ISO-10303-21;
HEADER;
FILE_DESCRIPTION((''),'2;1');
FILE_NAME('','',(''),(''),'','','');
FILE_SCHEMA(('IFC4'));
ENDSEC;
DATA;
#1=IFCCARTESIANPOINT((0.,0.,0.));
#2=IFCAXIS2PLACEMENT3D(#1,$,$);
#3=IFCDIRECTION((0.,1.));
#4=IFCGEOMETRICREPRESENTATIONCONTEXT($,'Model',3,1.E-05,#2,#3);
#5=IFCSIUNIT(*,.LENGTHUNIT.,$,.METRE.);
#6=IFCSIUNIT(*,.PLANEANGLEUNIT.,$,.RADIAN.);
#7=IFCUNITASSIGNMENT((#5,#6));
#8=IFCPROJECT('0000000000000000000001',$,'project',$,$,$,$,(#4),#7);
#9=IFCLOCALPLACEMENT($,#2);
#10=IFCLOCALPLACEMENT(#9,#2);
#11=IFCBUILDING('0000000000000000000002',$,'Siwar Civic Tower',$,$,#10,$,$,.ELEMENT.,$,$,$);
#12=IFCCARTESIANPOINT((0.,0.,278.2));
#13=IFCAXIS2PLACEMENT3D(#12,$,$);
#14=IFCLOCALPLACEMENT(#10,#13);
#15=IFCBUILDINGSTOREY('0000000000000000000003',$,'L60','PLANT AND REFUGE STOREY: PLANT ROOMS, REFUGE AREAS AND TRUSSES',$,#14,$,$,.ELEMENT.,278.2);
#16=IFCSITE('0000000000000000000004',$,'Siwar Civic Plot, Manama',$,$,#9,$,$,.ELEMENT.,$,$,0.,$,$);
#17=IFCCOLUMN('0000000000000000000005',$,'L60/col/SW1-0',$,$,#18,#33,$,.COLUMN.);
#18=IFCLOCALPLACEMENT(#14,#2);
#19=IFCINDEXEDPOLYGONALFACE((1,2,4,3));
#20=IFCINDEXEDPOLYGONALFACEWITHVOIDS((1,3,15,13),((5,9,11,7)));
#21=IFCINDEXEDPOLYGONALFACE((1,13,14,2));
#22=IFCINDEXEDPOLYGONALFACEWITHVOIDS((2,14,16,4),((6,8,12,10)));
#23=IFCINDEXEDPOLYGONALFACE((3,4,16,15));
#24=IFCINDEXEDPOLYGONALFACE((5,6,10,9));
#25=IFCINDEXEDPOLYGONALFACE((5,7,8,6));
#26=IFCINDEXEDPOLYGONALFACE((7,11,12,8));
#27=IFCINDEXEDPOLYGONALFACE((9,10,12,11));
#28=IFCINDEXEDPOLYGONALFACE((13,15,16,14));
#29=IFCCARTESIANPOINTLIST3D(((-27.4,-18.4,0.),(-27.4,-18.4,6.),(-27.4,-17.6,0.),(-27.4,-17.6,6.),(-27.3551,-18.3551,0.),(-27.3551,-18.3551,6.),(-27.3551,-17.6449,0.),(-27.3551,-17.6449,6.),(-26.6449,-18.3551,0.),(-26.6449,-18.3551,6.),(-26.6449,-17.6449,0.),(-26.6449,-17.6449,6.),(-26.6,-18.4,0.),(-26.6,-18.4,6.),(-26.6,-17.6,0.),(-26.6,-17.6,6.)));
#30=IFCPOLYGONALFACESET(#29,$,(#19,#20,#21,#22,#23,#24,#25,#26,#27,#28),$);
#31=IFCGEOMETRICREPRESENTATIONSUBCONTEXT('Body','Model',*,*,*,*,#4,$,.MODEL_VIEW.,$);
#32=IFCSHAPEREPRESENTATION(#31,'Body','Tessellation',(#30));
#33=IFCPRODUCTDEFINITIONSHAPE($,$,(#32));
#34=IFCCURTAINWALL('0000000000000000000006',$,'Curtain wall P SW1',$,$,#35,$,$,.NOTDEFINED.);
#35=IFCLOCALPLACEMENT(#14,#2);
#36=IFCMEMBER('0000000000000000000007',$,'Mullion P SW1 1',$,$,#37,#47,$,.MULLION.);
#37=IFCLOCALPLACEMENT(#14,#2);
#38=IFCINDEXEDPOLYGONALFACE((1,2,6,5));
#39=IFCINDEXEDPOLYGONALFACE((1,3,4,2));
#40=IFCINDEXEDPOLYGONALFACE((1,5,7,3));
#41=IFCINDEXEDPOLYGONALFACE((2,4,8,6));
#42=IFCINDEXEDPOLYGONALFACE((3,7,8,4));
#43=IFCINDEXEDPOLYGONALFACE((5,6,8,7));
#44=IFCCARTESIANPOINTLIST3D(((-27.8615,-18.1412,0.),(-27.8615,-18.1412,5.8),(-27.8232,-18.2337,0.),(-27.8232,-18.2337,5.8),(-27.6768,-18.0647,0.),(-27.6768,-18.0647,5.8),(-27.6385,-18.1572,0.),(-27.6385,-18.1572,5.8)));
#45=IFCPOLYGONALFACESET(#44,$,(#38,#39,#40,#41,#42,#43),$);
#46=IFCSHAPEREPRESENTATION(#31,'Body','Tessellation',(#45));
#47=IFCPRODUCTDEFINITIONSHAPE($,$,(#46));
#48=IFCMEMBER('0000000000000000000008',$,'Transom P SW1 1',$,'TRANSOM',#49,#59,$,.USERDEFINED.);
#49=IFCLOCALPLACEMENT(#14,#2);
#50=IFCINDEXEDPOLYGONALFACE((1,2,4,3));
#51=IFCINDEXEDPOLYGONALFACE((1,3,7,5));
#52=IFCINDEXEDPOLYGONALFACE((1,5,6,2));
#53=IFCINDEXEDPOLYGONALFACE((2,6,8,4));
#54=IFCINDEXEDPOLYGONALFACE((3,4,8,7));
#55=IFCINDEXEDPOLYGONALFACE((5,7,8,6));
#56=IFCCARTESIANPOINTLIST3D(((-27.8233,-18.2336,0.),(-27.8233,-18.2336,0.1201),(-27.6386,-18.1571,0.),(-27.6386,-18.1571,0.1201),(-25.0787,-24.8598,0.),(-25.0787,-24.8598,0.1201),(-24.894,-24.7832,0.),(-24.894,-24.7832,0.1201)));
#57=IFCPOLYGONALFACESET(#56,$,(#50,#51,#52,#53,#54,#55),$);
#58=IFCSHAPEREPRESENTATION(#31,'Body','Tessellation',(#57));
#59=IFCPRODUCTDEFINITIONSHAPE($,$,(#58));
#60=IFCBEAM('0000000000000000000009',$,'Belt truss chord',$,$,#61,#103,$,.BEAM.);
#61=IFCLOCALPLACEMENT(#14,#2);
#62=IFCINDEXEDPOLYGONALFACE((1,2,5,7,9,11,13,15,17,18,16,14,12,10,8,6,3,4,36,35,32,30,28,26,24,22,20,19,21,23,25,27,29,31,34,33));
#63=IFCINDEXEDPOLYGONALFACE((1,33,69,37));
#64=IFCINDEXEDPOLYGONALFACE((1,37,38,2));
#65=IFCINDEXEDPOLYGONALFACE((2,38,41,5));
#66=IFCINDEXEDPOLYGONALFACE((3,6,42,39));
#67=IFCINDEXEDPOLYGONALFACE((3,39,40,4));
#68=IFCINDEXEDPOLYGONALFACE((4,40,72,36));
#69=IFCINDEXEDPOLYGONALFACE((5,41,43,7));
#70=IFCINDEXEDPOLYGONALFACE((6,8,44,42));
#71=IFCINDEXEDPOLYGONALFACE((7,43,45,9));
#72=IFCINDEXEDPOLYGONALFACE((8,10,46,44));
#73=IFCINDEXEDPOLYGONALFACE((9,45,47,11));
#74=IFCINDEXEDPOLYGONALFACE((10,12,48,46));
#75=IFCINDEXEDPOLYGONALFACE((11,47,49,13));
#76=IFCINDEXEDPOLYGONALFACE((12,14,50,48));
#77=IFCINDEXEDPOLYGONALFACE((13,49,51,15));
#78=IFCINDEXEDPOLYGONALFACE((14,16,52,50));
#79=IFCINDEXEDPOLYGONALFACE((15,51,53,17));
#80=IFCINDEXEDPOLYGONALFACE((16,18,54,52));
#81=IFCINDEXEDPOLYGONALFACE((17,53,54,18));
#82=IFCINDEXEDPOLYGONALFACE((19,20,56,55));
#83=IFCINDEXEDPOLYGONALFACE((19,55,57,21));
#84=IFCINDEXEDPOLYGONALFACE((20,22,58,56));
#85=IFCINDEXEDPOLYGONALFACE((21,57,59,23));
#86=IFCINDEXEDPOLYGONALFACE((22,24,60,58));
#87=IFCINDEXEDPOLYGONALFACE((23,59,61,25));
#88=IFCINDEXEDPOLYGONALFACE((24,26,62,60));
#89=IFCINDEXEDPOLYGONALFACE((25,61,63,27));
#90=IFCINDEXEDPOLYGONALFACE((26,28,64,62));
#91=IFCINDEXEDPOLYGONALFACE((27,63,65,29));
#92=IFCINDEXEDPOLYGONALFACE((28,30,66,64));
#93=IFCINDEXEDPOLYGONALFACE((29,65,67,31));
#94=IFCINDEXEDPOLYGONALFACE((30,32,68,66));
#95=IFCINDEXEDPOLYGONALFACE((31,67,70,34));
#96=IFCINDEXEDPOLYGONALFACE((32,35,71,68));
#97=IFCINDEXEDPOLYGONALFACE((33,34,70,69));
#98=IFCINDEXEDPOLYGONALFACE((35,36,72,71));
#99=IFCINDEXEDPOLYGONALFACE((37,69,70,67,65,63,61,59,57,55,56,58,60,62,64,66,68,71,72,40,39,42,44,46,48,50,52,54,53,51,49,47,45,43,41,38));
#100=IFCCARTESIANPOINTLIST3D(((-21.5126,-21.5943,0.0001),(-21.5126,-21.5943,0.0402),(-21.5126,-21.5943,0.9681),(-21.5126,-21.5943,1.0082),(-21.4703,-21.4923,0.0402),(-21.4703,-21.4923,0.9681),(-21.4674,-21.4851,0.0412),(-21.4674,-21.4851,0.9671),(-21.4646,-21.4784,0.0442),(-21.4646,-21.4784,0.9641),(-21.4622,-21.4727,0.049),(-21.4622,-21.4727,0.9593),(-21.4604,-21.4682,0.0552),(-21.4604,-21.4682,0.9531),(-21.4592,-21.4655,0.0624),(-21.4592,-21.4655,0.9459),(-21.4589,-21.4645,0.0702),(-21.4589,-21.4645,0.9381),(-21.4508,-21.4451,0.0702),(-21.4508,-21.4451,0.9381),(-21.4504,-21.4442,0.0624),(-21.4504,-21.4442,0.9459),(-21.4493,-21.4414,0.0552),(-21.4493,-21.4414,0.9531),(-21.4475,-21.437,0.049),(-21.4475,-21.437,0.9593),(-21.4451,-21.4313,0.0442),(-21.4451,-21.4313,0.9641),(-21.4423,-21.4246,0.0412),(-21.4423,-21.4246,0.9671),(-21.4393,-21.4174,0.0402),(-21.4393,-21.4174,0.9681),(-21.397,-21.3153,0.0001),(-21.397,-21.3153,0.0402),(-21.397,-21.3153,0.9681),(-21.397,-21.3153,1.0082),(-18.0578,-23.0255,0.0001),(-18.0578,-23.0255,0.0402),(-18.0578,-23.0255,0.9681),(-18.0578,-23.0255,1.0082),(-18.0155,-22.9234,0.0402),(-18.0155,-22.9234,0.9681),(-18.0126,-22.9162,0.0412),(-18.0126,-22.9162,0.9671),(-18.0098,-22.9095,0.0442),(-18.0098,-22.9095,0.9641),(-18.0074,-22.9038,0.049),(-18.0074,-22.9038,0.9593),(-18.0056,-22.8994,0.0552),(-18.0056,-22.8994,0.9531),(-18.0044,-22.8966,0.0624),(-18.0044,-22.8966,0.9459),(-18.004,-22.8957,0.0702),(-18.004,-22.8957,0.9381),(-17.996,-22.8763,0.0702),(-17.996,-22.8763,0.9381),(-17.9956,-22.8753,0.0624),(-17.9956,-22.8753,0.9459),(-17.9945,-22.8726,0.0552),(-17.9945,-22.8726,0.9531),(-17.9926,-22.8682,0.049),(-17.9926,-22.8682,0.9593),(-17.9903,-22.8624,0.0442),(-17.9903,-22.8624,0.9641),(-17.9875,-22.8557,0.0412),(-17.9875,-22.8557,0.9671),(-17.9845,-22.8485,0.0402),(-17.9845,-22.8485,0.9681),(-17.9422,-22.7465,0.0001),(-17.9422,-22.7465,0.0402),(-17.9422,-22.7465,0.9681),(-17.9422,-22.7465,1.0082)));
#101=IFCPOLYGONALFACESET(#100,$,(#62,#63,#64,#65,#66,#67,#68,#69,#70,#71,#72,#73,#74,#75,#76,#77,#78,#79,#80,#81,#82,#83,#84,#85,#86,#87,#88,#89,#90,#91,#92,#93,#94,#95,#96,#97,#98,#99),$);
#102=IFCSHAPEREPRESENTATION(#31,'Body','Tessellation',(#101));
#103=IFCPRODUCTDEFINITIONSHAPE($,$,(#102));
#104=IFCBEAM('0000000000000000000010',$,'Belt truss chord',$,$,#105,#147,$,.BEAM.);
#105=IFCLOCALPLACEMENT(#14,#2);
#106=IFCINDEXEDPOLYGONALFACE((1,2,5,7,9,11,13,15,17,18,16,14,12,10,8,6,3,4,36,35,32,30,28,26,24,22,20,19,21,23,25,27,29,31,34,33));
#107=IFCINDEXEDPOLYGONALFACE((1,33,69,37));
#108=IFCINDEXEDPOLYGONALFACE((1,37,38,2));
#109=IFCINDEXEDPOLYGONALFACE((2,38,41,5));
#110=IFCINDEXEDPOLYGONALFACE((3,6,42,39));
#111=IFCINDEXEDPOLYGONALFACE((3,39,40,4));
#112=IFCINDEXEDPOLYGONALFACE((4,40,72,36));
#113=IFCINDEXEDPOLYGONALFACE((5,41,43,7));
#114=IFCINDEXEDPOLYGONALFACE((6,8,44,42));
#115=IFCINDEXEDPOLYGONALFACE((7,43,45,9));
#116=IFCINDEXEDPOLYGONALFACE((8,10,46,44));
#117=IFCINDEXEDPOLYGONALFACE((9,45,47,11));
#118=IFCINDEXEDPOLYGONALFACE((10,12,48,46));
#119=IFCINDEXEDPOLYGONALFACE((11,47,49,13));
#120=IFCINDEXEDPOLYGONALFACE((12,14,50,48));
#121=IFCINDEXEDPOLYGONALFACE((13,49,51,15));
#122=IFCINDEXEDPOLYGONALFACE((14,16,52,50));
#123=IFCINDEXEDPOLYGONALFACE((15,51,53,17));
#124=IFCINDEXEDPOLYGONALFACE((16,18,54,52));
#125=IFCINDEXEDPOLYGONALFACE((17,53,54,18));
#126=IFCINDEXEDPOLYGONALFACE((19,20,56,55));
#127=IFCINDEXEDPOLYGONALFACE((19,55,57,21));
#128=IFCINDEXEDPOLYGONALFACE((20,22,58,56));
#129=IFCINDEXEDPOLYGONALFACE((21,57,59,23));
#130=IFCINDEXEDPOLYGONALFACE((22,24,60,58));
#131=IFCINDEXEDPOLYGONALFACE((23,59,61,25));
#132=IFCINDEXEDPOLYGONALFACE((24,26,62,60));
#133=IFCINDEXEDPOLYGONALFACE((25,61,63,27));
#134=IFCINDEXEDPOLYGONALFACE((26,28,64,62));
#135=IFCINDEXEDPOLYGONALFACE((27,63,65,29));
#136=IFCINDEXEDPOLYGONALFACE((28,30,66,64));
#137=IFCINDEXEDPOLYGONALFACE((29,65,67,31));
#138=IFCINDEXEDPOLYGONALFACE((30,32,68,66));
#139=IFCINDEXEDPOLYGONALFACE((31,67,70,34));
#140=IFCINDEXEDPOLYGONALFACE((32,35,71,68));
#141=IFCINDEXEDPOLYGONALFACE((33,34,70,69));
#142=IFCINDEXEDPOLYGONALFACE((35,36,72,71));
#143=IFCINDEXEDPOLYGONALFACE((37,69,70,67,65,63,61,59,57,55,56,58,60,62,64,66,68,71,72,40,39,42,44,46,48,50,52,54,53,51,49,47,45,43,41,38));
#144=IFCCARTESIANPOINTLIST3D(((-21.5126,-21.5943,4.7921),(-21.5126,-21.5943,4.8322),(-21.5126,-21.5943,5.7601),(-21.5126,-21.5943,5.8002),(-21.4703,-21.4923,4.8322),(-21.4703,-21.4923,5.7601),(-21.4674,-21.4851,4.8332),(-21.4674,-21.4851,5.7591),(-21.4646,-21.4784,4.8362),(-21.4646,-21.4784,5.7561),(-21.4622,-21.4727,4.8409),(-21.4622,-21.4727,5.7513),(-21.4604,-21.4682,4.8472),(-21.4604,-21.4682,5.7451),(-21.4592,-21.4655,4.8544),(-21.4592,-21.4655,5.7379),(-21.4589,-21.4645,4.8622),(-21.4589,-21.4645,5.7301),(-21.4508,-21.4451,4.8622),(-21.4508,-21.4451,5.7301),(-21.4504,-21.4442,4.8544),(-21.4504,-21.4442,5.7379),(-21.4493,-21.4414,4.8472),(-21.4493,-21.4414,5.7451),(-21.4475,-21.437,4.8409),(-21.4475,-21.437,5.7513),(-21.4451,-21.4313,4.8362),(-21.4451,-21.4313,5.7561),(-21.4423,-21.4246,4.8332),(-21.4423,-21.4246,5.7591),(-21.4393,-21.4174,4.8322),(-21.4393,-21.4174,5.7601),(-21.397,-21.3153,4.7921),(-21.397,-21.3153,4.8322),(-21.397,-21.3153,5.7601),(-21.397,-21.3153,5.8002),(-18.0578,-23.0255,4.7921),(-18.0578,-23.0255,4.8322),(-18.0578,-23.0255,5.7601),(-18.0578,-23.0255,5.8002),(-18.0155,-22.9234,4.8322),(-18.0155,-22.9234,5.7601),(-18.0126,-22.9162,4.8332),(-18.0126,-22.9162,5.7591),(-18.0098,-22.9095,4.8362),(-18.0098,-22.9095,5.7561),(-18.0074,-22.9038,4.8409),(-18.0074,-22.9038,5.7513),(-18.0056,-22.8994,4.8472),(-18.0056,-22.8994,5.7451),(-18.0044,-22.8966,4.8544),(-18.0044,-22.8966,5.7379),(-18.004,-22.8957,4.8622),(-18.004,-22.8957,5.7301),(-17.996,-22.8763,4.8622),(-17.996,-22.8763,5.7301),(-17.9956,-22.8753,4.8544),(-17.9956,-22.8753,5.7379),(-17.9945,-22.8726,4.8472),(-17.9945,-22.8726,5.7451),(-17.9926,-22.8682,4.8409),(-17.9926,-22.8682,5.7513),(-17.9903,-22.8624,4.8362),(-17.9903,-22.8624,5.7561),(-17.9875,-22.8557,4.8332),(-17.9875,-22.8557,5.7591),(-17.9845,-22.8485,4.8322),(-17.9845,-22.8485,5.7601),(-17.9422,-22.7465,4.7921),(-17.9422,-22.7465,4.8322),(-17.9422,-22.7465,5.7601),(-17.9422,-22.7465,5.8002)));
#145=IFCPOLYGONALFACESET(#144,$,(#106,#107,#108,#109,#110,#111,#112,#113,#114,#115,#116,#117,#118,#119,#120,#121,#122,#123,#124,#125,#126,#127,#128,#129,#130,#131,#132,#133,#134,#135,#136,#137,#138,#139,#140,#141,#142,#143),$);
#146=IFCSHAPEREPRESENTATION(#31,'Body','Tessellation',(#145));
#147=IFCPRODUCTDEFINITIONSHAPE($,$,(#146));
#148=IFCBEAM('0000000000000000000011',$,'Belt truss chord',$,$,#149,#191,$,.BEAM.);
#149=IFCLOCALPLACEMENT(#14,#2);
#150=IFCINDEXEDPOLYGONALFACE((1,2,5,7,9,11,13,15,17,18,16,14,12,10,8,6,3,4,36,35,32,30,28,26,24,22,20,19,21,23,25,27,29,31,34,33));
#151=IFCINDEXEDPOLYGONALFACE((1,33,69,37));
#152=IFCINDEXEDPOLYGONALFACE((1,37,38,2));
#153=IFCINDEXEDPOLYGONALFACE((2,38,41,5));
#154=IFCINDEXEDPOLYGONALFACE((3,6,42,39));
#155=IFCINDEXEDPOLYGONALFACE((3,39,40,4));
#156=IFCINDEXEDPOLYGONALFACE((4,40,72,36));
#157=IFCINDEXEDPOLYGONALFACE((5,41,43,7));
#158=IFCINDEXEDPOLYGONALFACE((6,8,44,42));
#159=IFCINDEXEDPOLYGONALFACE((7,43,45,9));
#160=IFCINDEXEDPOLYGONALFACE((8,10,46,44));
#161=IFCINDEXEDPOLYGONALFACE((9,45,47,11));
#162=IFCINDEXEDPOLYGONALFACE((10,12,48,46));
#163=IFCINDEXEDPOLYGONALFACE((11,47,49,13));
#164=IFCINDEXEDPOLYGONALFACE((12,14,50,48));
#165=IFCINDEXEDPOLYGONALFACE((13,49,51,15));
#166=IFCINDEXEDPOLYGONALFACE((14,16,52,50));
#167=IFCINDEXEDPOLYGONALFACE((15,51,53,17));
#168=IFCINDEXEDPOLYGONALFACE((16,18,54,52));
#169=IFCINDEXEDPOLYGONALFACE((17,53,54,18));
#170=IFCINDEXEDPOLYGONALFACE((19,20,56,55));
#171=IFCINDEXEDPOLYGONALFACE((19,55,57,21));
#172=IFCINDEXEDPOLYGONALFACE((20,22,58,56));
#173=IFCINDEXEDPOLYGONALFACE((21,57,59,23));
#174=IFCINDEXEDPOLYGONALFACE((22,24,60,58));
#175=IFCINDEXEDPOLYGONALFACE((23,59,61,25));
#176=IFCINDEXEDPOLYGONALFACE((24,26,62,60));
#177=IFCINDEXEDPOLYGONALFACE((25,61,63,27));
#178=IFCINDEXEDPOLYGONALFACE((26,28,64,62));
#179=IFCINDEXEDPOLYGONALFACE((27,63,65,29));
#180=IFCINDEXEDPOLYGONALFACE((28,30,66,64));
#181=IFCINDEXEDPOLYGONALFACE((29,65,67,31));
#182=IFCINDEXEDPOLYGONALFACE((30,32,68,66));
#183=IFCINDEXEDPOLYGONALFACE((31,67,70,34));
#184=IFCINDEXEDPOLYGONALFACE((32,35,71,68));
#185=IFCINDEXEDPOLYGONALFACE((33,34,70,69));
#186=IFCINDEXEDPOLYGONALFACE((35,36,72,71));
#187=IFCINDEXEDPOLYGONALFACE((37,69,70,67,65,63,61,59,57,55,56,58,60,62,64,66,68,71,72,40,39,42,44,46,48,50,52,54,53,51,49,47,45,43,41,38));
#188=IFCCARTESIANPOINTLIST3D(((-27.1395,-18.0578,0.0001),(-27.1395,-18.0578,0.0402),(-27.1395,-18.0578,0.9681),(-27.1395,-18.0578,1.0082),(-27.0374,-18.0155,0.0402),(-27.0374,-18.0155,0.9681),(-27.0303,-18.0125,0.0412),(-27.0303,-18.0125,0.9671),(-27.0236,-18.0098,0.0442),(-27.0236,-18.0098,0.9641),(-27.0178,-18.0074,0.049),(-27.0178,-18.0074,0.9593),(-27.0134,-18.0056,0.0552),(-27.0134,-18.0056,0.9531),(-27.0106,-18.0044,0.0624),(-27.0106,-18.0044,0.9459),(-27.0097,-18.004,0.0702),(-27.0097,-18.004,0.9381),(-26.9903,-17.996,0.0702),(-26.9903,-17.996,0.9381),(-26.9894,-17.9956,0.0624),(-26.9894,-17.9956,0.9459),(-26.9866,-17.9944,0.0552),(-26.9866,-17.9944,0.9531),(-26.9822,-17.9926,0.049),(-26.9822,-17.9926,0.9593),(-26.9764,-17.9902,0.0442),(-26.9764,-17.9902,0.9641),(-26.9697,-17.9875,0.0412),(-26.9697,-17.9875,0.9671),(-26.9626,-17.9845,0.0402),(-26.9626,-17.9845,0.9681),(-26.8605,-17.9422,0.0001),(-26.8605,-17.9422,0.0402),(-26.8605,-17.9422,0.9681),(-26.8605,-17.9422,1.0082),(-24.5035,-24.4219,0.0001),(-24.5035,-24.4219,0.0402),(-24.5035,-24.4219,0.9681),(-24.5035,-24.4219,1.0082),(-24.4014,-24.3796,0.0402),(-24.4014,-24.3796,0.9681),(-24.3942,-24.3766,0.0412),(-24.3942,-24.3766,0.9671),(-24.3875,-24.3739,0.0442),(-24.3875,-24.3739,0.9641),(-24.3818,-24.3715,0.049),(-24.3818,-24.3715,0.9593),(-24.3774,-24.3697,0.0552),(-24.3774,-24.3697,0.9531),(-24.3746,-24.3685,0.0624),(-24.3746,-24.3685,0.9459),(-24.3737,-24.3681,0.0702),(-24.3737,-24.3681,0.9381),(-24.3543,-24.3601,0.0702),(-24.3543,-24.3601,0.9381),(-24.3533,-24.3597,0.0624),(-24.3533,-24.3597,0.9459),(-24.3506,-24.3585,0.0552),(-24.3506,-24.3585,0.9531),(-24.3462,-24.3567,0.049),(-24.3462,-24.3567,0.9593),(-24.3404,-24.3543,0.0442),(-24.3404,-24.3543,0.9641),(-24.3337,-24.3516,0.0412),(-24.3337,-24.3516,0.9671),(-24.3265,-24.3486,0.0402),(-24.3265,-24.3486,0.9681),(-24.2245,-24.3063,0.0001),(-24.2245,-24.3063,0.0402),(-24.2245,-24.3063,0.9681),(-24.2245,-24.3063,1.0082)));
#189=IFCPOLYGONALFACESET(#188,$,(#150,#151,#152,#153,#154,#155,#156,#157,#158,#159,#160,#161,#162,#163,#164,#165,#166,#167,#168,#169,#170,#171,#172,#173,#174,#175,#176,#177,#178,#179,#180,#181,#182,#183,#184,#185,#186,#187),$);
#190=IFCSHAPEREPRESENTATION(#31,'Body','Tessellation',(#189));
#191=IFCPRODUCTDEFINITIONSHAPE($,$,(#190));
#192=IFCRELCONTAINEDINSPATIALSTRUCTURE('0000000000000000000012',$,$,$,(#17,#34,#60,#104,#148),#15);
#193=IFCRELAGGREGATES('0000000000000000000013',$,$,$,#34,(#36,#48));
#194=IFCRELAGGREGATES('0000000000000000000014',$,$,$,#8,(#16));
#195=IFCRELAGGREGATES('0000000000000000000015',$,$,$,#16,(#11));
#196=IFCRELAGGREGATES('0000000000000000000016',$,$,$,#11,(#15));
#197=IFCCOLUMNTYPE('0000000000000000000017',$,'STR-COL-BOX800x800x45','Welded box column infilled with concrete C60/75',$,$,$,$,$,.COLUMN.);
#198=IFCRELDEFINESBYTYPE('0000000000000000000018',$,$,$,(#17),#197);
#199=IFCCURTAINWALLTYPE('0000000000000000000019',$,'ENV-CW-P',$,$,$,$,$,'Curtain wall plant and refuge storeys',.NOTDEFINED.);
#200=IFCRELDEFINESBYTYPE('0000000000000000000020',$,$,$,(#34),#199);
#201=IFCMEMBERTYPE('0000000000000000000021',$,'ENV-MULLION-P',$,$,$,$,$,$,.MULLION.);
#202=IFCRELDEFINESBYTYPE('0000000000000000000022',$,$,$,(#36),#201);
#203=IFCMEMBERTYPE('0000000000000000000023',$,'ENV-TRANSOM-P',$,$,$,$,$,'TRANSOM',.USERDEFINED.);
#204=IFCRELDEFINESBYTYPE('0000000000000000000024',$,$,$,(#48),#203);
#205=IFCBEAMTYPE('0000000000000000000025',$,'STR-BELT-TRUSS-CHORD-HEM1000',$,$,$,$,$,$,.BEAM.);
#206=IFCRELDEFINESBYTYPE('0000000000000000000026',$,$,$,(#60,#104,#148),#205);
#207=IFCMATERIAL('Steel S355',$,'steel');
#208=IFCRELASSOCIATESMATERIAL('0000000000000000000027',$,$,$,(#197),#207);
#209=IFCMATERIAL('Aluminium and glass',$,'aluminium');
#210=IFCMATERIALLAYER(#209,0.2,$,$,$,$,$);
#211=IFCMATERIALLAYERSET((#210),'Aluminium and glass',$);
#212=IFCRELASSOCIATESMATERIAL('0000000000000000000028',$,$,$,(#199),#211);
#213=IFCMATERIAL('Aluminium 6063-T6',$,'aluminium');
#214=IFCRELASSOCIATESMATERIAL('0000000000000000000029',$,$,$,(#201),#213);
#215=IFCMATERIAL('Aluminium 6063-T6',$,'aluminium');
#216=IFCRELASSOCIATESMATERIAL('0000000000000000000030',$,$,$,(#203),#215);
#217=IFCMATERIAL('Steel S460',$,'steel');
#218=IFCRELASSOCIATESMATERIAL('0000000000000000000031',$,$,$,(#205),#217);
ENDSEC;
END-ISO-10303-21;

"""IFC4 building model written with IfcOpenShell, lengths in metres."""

from ifc_helpers import new_model, si_unit, direction, frame, origin, origin_2d, place, context, subcontext, project, spatial, rectangle, hollow_rectangle, i_section, extrude, material, layer, layer_set, material_profile, profile_set, type_object, element, aggregate, save


model = new_model("IFC4")

# Units and contexts
model_context = context("Model", 3, precision=1e-05, world=origin(), true_north=direction((0.0, 1.0)))
body_context = subcontext(model_context, "Body", "Model", "MODEL_VIEW")
ifc_project = project(units=[si_unit("LENGTHUNIT", "METRE"), si_unit("PLANEANGLEUNIT", "RADIAN")], contexts=[model_context])

# Site, building, storey
site_placement = place(None, origin())
site = spatial("IfcSite", under=ifc_project, at=site_placement, Name="Siwar Civic Plot, Manama", CompositionType="ELEMENT", RefElevation=0.0)
building_placement = place(site_placement, origin())
building = spatial("IfcBuilding", under=site, at=building_placement, Name="Siwar Civic Tower", CompositionType="ELEMENT")
storey_placement = place(building_placement, frame((0.0, 0.0, 278.2)))
storey = spatial("IfcBuildingStorey", under=building, at=storey_placement, Name="L60", Description="PLANT AND REFUGE STOREY: PLANT ROOMS, REFUGE AREAS AND TRUSSES", CompositionType="ELEMENT", Elevation=278.2)

# Column
ifc_material_1 = material(Name="Steel S355", Category="steel")
ifc_material_profile_1 = material_profile(ifc_material_1, hollow_rectangle(XDim=0.8, YDim=0.8, WallThickness=0.0449, at=origin_2d()), Name="BOX800x800x45")
ifc_profile_set_1 = profile_set([ifc_material_profile_1], Name="Steel S355")
column_type = type_object("IfcColumnType", Name="STR-COL-BOX800x800x45", Description="Welded box column infilled with concrete C60/75", PredefinedType="COLUMN", material=ifc_profile_set_1)
column_placement = place(storey_placement, frame((-27.0, -18.0, 0.0), z_axis=(0.0, 0.0, 1.0), x_axis=(1.0, 0.0, 0.0)))
element("IfcColumn", 1, at=column_placement, inside=storey, type_object=column_type, Name="L60/col/SW1-0", PredefinedType="COLUMN", context=body_context, shape_type="SweptSolid", body=[
    extrude(hollow_rectangle(XDim=0.8, YDim=0.8, WallThickness=0.0449, at=origin_2d()), origin(), (0.0, 0.0, 1.0), 6.0),
])

# Curtain wall, members
ifc_material_2 = material(Name="Aluminium and glass", Category="aluminium")
ifc_layer_1 = layer(ifc_material_2, 0.2)
ifc_layer_set_1 = layer_set([ifc_layer_1], Name="Aluminium and glass")
curtain_wall_type = type_object("IfcCurtainWallType", Name="ENV-CW-P", ElementType="Curtain wall plant and refuge storeys", PredefinedType="NOTDEFINED", material=ifc_layer_set_1)
curtain_wall_1_placement = place(storey_placement, origin())
curtain_wall_1 = element("IfcCurtainWall", 2, at=curtain_wall_1_placement, inside=storey, type_object=curtain_wall_type, Name="Curtain wall P SW1", PredefinedType="NOTDEFINED")
ifc_material_3 = material(Name="Aluminium 6063-T6", Category="aluminium")
ifc_material_profile_2 = material_profile(ifc_material_3, rectangle(XDim=0.2, YDim=0.1001, at=origin_2d()), Name="AL 200x100")
ifc_profile_set_2 = profile_set([ifc_material_profile_2], Name="Aluminium 6063-T6")
member_type_1 = type_object("IfcMemberType", Name="ENV-MULLION-P", PredefinedType="MULLION", material=ifc_profile_set_2)
member_1_placement = place(storey_placement, frame((-27.75, -18.1492, 0.0), z_axis=(0.0, 0.0, 1.0), x_axis=(0.92388, 0.382683, 0.0)))
member_1 = element("IfcMember", 3, at=member_1_placement, type_object=member_type_1, Name="Mullion P SW1 1", PredefinedType="MULLION", context=body_context, shape_type="SweptSolid", body=[
    extrude(rectangle(XDim=0.2, YDim=0.1001, at=origin_2d()), origin(), (0.0, 0.0, 1.0), 5.8),
])
ifc_material_4 = material(Name="Aluminium 6063-T6", Category="aluminium")
ifc_material_profile_3 = material_profile(ifc_material_4, rectangle(XDim=0.2, YDim=0.1201, at=origin_2d()), Name="AL 200x120")
ifc_profile_set_3 = profile_set([ifc_material_profile_3], Name="Aluminium 6063-T6")
member_type_2 = type_object("IfcMemberType", Name="ENV-TRANSOM-P", ElementType="TRANSOM", PredefinedType="USERDEFINED", material=ifc_profile_set_3)
member_2_placement = place(storey_placement, frame((-27.731, -18.1953, 0.0601), z_axis=(0.382678, -0.923882, 0.0), x_axis=(0.923882, 0.382678, 0.0)))
member_2 = element("IfcMember", 4, at=member_2_placement, type_object=member_type_2, Name="Transom P SW1 1", ObjectType="TRANSOM", PredefinedType="USERDEFINED", context=body_context, shape_type="SweptSolid", body=[
    extrude(rectangle(XDim=0.2, YDim=0.1201, at=origin_2d()), origin(), (0.0, 0.0, 1.0), 7.1721),
])
aggregate(curtain_wall_1, [member_1, member_2])

# Beams
ifc_material_5 = material(Name="Steel S460", Category="steel")
ifc_material_profile_4 = material_profile(ifc_material_5, i_section(OverallWidth=0.302, OverallDepth=1.0081, WebThickness=0.021, FlangeThickness=0.04, FilletRadius=0.03, at=origin_2d()), Name="HEM1000")
ifc_profile_set_4 = profile_set([ifc_material_profile_4], Name="Steel S460")
beam_type_1 = type_object("IfcBeamType", Name="STR-BELT-TRUSS-CHORD-HEM1000", PredefinedType="BEAM", material=ifc_profile_set_4)
for number, where, z_axis, x_axis, name in (
    (5, (-21.4548, -21.4548, 0.5042), (0.923869, -0.382709, 0.0), (0.382709, 0.923869, 0.0), "Belt truss chord"),
    (6, (-21.4548, -21.4548, 5.2961), (0.923869, -0.382709, 0.0), (0.382709, 0.923869, 0.0), "Belt truss chord"),
):
    element("IfcBeam", number, at=place(storey_placement, frame(where, z_axis=z_axis, x_axis=x_axis)), inside=storey, type_object=beam_type_1, Name=name, PredefinedType="BEAM", context=body_context, shape_type="SweptSolid", body=[
        extrude(i_section(OverallWidth=0.302, OverallDepth=1.0081, WebThickness=0.021, FlangeThickness=0.04, FilletRadius=0.03, at=origin_2d()), origin(), (0.0, 0.0, 1.0), 3.7395),
    ])
for number, where, z_axis, x_axis, name in (
    (7, (-27.0, -18.0, 0.5042), (0.382674, -0.923883, 0.0), (0.923883, 0.382674, 0.0), "Belt truss chord"),
):
    element("IfcBeam", number, at=place(storey_placement, frame(where, z_axis=z_axis, x_axis=x_axis)), inside=storey, type_object=beam_type_1, Name=name, PredefinedType="BEAM", context=body_context, shape_type="SweptSolid", body=[
        extrude(i_section(OverallWidth=0.302, OverallDepth=1.0081, WebThickness=0.021, FlangeThickness=0.04, FilletRadius=0.03, at=origin_2d()), origin(), (0.0, 0.0, 1.0), 6.8884),
    ])

save(model, "model.ifc")
